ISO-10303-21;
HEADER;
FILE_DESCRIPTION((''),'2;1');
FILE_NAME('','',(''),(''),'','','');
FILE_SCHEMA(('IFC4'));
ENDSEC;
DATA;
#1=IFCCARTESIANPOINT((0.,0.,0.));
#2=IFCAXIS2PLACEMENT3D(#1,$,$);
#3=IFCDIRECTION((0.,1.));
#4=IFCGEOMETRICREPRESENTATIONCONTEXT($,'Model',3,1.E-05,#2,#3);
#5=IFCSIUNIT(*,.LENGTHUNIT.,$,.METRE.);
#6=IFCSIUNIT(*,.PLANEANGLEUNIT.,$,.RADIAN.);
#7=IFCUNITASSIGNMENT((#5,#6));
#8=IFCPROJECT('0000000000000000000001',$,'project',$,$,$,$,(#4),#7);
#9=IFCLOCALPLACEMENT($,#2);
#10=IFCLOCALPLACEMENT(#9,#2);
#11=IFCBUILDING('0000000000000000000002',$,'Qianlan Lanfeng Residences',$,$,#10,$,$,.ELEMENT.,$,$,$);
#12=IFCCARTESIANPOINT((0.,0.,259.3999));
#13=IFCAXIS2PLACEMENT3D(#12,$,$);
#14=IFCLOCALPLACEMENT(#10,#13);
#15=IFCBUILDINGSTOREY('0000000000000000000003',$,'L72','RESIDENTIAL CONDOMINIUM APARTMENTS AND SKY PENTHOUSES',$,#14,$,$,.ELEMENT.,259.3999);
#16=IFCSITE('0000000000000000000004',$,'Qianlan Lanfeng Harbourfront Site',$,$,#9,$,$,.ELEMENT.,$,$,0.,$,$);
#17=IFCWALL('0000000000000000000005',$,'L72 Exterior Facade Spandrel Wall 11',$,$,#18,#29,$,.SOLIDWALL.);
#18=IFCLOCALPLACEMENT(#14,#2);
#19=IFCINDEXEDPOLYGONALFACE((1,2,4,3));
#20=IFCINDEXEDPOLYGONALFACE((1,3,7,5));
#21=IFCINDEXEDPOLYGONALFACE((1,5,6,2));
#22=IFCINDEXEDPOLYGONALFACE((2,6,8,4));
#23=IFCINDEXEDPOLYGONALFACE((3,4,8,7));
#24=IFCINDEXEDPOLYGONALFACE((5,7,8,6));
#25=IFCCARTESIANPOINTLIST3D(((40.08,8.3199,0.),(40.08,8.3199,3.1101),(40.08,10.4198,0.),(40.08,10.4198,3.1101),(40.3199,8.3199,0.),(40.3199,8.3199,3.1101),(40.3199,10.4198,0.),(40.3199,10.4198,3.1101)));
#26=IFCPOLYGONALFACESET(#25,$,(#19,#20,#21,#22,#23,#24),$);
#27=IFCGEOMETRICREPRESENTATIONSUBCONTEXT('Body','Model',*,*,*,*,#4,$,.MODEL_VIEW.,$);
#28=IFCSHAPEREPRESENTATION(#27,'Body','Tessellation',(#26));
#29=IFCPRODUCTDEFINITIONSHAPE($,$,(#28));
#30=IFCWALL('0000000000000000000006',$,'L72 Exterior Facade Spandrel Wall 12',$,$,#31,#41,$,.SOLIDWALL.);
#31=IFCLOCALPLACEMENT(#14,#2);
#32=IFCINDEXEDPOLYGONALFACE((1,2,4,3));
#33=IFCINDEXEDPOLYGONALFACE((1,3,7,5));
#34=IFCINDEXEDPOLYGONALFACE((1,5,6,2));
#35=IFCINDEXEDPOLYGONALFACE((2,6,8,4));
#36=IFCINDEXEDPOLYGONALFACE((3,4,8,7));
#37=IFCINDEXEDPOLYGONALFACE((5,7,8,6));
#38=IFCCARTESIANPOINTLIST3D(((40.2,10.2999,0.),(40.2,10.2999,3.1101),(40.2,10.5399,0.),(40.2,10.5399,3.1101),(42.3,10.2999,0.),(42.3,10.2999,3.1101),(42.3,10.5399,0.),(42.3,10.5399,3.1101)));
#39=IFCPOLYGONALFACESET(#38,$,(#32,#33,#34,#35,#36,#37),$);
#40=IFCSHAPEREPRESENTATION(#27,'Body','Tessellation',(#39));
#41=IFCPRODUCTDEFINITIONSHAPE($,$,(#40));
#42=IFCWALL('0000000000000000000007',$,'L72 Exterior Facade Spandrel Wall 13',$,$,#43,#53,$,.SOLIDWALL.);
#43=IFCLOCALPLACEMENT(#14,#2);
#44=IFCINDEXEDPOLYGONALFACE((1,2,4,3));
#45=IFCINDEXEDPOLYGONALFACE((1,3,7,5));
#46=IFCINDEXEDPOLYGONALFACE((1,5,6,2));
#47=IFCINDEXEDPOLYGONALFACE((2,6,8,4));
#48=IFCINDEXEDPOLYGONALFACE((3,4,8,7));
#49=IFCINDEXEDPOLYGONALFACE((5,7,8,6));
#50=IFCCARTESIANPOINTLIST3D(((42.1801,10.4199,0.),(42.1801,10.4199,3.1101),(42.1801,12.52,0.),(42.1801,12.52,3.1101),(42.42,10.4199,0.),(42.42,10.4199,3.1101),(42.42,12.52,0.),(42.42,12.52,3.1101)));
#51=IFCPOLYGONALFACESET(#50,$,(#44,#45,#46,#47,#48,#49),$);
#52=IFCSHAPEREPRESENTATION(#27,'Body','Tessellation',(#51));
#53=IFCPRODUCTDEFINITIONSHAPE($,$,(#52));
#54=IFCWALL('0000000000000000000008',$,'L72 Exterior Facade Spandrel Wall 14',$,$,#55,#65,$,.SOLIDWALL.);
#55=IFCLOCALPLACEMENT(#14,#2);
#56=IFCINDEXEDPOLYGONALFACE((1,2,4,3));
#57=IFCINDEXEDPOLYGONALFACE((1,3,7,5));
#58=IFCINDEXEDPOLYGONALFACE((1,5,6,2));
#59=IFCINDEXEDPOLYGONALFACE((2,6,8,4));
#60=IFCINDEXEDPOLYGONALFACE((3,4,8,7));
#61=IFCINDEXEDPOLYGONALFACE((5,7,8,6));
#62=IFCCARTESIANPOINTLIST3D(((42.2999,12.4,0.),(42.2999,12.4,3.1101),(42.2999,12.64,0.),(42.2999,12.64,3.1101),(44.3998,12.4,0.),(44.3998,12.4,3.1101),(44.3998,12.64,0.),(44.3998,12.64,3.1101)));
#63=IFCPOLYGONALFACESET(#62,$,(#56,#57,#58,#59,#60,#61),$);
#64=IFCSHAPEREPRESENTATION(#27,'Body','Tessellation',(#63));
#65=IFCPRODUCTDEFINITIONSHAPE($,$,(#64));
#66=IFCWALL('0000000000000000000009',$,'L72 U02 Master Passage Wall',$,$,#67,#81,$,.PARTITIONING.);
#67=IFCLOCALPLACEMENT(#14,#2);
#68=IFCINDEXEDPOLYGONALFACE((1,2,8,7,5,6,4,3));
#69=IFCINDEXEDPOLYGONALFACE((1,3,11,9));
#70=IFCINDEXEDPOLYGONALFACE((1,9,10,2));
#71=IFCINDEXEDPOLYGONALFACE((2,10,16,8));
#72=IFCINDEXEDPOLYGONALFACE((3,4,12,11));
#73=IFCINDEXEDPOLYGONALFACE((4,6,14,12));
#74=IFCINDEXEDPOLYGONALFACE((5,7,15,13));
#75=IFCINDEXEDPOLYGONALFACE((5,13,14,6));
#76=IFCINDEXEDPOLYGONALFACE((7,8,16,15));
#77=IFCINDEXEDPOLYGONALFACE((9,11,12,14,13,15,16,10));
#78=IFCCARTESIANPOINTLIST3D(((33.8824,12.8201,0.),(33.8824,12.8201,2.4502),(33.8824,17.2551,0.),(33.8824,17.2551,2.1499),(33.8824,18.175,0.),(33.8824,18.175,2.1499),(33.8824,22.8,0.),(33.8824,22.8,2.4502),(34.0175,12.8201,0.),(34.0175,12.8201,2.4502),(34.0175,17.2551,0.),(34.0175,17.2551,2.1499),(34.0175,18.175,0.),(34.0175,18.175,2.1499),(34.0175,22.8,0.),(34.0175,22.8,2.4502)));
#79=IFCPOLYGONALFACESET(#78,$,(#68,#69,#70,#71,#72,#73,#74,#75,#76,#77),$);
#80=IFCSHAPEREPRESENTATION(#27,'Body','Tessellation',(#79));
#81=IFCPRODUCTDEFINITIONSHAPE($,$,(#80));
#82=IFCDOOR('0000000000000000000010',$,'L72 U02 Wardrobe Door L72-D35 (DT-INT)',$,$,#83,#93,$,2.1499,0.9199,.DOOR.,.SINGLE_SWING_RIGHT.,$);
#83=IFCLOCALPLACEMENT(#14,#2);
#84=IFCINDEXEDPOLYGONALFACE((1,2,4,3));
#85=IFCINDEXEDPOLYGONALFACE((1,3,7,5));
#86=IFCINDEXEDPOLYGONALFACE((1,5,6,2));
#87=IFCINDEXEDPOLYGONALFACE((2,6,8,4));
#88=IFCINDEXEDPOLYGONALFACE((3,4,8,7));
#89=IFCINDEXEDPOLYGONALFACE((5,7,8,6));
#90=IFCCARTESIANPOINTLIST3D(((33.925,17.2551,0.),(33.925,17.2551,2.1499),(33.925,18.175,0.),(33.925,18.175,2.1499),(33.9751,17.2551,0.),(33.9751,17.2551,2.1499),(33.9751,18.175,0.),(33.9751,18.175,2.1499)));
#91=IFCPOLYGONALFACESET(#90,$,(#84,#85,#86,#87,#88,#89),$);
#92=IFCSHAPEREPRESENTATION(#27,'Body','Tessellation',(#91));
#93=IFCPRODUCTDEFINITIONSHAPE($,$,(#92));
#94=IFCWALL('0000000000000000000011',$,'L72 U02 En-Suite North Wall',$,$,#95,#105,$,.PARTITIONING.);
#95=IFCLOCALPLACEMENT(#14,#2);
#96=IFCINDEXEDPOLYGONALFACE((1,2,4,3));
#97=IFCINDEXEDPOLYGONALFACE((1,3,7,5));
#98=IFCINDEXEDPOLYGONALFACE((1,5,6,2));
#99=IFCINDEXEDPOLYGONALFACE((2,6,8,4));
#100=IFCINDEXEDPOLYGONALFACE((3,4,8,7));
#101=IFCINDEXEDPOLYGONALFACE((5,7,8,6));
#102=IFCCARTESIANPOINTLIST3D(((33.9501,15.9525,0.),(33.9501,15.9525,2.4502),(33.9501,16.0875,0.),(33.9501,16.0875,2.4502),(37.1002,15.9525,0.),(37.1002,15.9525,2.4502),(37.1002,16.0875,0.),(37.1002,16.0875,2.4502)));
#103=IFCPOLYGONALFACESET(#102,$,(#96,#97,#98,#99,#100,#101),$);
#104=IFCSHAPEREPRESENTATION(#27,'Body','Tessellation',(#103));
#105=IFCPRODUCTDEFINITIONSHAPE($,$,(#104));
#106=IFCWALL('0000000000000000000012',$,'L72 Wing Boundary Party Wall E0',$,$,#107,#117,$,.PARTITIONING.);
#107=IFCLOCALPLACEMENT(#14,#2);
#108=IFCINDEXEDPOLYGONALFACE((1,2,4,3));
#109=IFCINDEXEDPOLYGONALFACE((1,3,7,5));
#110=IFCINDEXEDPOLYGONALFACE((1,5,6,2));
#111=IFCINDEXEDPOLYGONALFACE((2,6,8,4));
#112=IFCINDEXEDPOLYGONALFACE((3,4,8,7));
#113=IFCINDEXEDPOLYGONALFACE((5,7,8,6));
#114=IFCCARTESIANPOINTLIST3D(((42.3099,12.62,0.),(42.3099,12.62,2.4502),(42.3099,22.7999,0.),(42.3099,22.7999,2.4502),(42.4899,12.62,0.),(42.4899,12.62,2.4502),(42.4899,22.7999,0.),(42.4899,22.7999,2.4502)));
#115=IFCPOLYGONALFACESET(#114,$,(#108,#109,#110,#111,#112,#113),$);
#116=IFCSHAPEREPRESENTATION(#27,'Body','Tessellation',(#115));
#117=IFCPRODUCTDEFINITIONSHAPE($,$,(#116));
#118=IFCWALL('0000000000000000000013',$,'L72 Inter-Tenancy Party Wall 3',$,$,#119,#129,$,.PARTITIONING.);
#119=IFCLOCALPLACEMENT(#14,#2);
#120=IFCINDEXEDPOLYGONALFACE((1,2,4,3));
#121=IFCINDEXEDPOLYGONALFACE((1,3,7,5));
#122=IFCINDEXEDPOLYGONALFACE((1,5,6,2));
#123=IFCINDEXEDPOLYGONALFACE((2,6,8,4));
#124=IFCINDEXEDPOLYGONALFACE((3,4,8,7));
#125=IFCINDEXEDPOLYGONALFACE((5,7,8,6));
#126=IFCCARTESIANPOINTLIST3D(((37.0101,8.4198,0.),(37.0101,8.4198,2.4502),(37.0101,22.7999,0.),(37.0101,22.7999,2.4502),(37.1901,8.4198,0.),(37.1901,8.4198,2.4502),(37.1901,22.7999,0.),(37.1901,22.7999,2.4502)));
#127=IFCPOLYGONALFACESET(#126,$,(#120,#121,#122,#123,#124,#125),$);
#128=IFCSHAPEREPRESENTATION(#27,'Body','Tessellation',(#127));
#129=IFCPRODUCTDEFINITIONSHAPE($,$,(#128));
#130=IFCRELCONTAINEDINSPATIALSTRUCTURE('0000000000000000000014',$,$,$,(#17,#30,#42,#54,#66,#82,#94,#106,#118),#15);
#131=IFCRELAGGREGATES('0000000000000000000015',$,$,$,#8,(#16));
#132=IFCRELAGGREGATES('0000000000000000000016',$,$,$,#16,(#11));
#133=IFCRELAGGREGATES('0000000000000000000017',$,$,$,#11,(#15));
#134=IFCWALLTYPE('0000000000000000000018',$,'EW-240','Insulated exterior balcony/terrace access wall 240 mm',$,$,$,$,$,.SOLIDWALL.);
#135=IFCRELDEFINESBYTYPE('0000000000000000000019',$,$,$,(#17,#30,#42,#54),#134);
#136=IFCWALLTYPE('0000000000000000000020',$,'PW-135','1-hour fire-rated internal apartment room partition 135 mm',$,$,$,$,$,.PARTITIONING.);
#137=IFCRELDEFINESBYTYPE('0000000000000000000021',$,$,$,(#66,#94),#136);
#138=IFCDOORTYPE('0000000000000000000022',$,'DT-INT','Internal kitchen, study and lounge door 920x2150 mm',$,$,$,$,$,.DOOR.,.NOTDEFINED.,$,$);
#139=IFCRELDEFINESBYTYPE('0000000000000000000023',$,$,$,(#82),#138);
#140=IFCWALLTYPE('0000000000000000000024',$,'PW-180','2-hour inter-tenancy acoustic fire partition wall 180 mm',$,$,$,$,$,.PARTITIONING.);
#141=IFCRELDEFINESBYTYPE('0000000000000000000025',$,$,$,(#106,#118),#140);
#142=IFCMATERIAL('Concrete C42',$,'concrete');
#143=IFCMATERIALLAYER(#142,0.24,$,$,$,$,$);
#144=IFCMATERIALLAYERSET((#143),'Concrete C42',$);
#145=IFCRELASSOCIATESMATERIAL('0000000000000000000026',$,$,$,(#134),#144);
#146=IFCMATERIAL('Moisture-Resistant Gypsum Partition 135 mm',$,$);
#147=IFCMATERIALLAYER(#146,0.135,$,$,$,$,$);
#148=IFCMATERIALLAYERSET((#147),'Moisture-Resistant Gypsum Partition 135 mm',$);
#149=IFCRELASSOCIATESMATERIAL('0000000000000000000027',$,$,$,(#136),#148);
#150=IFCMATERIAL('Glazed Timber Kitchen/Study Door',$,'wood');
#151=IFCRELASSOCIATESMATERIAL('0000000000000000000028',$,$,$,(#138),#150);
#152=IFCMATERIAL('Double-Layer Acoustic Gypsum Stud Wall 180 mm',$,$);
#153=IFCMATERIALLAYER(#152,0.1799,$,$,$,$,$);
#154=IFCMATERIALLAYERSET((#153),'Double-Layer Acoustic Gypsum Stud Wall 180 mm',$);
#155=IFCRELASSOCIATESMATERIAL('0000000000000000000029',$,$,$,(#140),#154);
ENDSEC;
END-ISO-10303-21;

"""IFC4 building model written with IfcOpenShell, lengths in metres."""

from ifc_helpers import new_model, si_unit, direction, frame, frame_2d, origin, place, context, subcontext, project, spatial, rectangle, extrude, material, layer, layer_set, type_object, element, fill, save


model = new_model("IFC4")

# Units and contexts
model_context = context("Model", 3, precision=1e-05, world=origin(), true_north=direction((0.0, 1.0)))
body_context = subcontext(model_context, "Body", "Model", "MODEL_VIEW")
ifc_project = project(units=[si_unit("LENGTHUNIT", "METRE"), si_unit("PLANEANGLEUNIT", "RADIAN")], contexts=[model_context])

# Site, building, storey
site_placement = place(None, origin())
site = spatial("IfcSite", under=ifc_project, at=site_placement, Name="Qianlan Lanfeng Harbourfront Site", CompositionType="ELEMENT", RefElevation=0.0)
building_placement = place(site_placement, origin())
building = spatial("IfcBuilding", under=site, at=building_placement, Name="Qianlan Lanfeng Residences", CompositionType="ELEMENT")
storey_placement = place(building_placement, frame((0.0, 0.0, 259.3999)))
storey = spatial("IfcBuildingStorey", under=building, at=storey_placement, Name="L72", Description="RESIDENTIAL CONDOMINIUM APARTMENTS AND SKY PENTHOUSES", CompositionType="ELEMENT", Elevation=259.3999)

# Walls
ifc_material_1 = material(Name="Concrete C42", Category="concrete")
ifc_layer_1 = layer(ifc_material_1, 0.24)
ifc_layer_set_1 = layer_set([ifc_layer_1], Name="Concrete C42")
wall_type_1 = type_object("IfcWallType", Name="EW-240", Description="Insulated exterior balcony/terrace access wall 240 mm", PredefinedType="SOLIDWALL", material=ifc_layer_set_1)
wall_1_placement = place(storey_placement, frame((40.2, 8.3201, 0.0), z_axis=(0.0, 0.0, 1.0), x_axis=(0.0, 1.0, 0.0)))
element("IfcWall", 1, at=wall_1_placement, inside=storey, type_object=wall_type_1, Name="L72 Exterior Facade Spandrel Wall 11", PredefinedType="SOLIDWALL", context=body_context, shape_type="SweptSolid", body=[
    extrude(rectangle(XDim=2.0999, YDim=0.24, at=frame_2d((1.0498, 0.0))), origin(), (0.0, 0.0, 1.0), 3.1101),
])
for number, where, z_axis, x_axis, name in (
    (2, (40.2, 10.4199, 0.0), (0.0, 0.0, 1.0), (1.0, 0.0, 0.0), "L72 Exterior Facade Spandrel Wall 12"),
    (3, (42.3, 10.4199, 0.0), (0.0, 0.0, 1.0), (0.0, 1.0, 0.0), "L72 Exterior Facade Spandrel Wall 13"),
):
    element("IfcWall", number, at=place(storey_placement, frame(where, z_axis=z_axis, x_axis=x_axis)), inside=storey, type_object=wall_type_1, Name=name, PredefinedType="SOLIDWALL", context=body_context, shape_type="SweptSolid", body=[
        extrude(rectangle(XDim=2.1001, YDim=0.24, at=frame_2d((1.05, 0.0))), origin(), (0.0, 0.0, 1.0), 3.1101),
    ])
wall_2_placement = place(storey_placement, frame((42.3, 12.52, 0.0), z_axis=(0.0, 0.0, 1.0), x_axis=(1.0, 0.0, 0.0)))
element("IfcWall", 4, at=wall_2_placement, inside=storey, type_object=wall_type_1, Name="L72 Exterior Facade Spandrel Wall 14", PredefinedType="SOLIDWALL", context=body_context, shape_type="SweptSolid", body=[
    extrude(rectangle(XDim=2.0999, YDim=0.24, at=frame_2d((1.0498, 0.0))), origin(), (0.0, 0.0, 1.0), 3.1101),
])

# Wall, opening, door
ifc_material_2 = material(Name="Moisture-Resistant Gypsum Partition 135 mm")
ifc_layer_2 = layer(ifc_material_2, 0.135)
ifc_layer_set_2 = layer_set([ifc_layer_2], Name="Moisture-Resistant Gypsum Partition 135 mm")
wall_type_2 = type_object("IfcWallType", Name="PW-135", Description="1-hour fire-rated internal apartment room partition 135 mm", PredefinedType="PARTITIONING", material=ifc_layer_set_2)
wall_3_placement = place(storey_placement, frame((33.95, 12.8201, 0.0), z_axis=(0.0, 0.0, 1.0), x_axis=(0.0, 1.0, 0.0)))
wall_3 = element("IfcWall", 5, at=wall_3_placement, inside=storey, type_object=wall_type_2, Name="L72 U02 Master Passage Wall", PredefinedType="PARTITIONING", context=body_context, shape_type="SweptSolid", body=[
    extrude(rectangle(XDim=9.98, YDim=0.135, at=frame_2d((4.99, 0.0))), origin(), (0.0, 0.0, 1.0), 2.4502),
])
opening_1_placement = place(wall_3_placement, frame((4.4351, 0.0, 0.0)))
opening_1 = element("IfcOpeningElement", 6, at=opening_1_placement, cuts=wall_3, PredefinedType="OPENING", context=body_context, shape_type="SweptSolid", body=[
    extrude(rectangle(XDim=0.9199, YDim=2.1499, at=frame_2d((0.46, 1.075))), frame((0.0, 0.0776, 0.0), z_axis=(0.0, -1.0, 0.0), x_axis=(1.0, 0.0, 0.0)), (0.0, 0.0, 1.0), 0.155),
])
ifc_material_3 = material(Name="Glazed Timber Kitchen/Study Door", Category="wood")
door_type = type_object("IfcDoorType", Name="DT-INT", Description="Internal kitchen, study and lounge door 920x2150 mm", OperationType="NOTDEFINED", PredefinedType="DOOR", material=ifc_material_3)
door_1_placement = place(opening_1_placement, origin())
door_1 = element("IfcDoor", 7, at=door_1_placement, inside=storey, type_object=door_type, Name="L72 U02 Wardrobe Door L72-D35 (DT-INT)", OperationType="SINGLE_SWING_RIGHT", OverallHeight=2.1499, OverallWidth=0.9199, PredefinedType="DOOR", context=body_context, shape_type="SweptSolid", body=[
    extrude(rectangle(XDim=0.9199, YDim=2.1499, at=frame_2d((0.46, 1.075))), frame((0.0, 0.0249, 0.0), z_axis=(0.0, -1.0, 0.0), x_axis=(1.0, 0.0, 0.0)), (0.0, 0.0, 1.0), 0.05),
])
fill(opening_1, door_1)

# Wall
wall_4_placement = place(storey_placement, frame((33.95, 16.02, 0.0), z_axis=(0.0, 0.0, 1.0), x_axis=(1.0, 0.0, 0.0)))
element("IfcWall", 8, at=wall_4_placement, inside=storey, type_object=wall_type_2, Name="L72 U02 En-Suite North Wall", PredefinedType="PARTITIONING", context=body_context, shape_type="SweptSolid", body=[
    extrude(rectangle(XDim=3.1501, YDim=0.135, at=frame_2d((1.5752, 0.0))), origin(), (0.0, 0.0, 1.0), 2.4502),
])

# Walls
ifc_material_4 = material(Name="Double-Layer Acoustic Gypsum Stud Wall 180 mm")
ifc_layer_3 = layer(ifc_material_4, 0.1799)
ifc_layer_set_3 = layer_set([ifc_layer_3], Name="Double-Layer Acoustic Gypsum Stud Wall 180 mm")
wall_type_3 = type_object("IfcWallType", Name="PW-180", Description="2-hour inter-tenancy acoustic fire partition wall 180 mm", PredefinedType="PARTITIONING", material=ifc_layer_set_3)
wall_5_placement = place(storey_placement, frame((42.3999, 12.6201, 0.0), z_axis=(0.0, 0.0, 1.0), x_axis=(0.0, 1.0, 0.0)))
element("IfcWall", 9, at=wall_5_placement, inside=storey, type_object=wall_type_3, Name="L72 Wing Boundary Party Wall E0", PredefinedType="PARTITIONING", context=body_context, shape_type="SweptSolid", body=[
    extrude(rectangle(XDim=10.1799, YDim=0.1799, at=frame_2d((5.0898, 0.0))), origin(), (0.0, 0.0, 1.0), 2.4502),
])
wall_6_placement = place(storey_placement, frame((37.1001, 8.4199, 0.0), z_axis=(0.0, 0.0, 1.0), x_axis=(0.0, 1.0, 0.0)))
element("IfcWall", 10, at=wall_6_placement, inside=storey, type_object=wall_type_3, Name="L72 Inter-Tenancy Party Wall 3", PredefinedType="PARTITIONING", context=body_context, shape_type="SweptSolid", body=[
    extrude(rectangle(XDim=14.3801, YDim=0.1799, at=frame_2d((7.1899, 0.0))), origin(), (0.0, 0.0, 1.0), 2.4502),
])

save(model, "model.ifc")
